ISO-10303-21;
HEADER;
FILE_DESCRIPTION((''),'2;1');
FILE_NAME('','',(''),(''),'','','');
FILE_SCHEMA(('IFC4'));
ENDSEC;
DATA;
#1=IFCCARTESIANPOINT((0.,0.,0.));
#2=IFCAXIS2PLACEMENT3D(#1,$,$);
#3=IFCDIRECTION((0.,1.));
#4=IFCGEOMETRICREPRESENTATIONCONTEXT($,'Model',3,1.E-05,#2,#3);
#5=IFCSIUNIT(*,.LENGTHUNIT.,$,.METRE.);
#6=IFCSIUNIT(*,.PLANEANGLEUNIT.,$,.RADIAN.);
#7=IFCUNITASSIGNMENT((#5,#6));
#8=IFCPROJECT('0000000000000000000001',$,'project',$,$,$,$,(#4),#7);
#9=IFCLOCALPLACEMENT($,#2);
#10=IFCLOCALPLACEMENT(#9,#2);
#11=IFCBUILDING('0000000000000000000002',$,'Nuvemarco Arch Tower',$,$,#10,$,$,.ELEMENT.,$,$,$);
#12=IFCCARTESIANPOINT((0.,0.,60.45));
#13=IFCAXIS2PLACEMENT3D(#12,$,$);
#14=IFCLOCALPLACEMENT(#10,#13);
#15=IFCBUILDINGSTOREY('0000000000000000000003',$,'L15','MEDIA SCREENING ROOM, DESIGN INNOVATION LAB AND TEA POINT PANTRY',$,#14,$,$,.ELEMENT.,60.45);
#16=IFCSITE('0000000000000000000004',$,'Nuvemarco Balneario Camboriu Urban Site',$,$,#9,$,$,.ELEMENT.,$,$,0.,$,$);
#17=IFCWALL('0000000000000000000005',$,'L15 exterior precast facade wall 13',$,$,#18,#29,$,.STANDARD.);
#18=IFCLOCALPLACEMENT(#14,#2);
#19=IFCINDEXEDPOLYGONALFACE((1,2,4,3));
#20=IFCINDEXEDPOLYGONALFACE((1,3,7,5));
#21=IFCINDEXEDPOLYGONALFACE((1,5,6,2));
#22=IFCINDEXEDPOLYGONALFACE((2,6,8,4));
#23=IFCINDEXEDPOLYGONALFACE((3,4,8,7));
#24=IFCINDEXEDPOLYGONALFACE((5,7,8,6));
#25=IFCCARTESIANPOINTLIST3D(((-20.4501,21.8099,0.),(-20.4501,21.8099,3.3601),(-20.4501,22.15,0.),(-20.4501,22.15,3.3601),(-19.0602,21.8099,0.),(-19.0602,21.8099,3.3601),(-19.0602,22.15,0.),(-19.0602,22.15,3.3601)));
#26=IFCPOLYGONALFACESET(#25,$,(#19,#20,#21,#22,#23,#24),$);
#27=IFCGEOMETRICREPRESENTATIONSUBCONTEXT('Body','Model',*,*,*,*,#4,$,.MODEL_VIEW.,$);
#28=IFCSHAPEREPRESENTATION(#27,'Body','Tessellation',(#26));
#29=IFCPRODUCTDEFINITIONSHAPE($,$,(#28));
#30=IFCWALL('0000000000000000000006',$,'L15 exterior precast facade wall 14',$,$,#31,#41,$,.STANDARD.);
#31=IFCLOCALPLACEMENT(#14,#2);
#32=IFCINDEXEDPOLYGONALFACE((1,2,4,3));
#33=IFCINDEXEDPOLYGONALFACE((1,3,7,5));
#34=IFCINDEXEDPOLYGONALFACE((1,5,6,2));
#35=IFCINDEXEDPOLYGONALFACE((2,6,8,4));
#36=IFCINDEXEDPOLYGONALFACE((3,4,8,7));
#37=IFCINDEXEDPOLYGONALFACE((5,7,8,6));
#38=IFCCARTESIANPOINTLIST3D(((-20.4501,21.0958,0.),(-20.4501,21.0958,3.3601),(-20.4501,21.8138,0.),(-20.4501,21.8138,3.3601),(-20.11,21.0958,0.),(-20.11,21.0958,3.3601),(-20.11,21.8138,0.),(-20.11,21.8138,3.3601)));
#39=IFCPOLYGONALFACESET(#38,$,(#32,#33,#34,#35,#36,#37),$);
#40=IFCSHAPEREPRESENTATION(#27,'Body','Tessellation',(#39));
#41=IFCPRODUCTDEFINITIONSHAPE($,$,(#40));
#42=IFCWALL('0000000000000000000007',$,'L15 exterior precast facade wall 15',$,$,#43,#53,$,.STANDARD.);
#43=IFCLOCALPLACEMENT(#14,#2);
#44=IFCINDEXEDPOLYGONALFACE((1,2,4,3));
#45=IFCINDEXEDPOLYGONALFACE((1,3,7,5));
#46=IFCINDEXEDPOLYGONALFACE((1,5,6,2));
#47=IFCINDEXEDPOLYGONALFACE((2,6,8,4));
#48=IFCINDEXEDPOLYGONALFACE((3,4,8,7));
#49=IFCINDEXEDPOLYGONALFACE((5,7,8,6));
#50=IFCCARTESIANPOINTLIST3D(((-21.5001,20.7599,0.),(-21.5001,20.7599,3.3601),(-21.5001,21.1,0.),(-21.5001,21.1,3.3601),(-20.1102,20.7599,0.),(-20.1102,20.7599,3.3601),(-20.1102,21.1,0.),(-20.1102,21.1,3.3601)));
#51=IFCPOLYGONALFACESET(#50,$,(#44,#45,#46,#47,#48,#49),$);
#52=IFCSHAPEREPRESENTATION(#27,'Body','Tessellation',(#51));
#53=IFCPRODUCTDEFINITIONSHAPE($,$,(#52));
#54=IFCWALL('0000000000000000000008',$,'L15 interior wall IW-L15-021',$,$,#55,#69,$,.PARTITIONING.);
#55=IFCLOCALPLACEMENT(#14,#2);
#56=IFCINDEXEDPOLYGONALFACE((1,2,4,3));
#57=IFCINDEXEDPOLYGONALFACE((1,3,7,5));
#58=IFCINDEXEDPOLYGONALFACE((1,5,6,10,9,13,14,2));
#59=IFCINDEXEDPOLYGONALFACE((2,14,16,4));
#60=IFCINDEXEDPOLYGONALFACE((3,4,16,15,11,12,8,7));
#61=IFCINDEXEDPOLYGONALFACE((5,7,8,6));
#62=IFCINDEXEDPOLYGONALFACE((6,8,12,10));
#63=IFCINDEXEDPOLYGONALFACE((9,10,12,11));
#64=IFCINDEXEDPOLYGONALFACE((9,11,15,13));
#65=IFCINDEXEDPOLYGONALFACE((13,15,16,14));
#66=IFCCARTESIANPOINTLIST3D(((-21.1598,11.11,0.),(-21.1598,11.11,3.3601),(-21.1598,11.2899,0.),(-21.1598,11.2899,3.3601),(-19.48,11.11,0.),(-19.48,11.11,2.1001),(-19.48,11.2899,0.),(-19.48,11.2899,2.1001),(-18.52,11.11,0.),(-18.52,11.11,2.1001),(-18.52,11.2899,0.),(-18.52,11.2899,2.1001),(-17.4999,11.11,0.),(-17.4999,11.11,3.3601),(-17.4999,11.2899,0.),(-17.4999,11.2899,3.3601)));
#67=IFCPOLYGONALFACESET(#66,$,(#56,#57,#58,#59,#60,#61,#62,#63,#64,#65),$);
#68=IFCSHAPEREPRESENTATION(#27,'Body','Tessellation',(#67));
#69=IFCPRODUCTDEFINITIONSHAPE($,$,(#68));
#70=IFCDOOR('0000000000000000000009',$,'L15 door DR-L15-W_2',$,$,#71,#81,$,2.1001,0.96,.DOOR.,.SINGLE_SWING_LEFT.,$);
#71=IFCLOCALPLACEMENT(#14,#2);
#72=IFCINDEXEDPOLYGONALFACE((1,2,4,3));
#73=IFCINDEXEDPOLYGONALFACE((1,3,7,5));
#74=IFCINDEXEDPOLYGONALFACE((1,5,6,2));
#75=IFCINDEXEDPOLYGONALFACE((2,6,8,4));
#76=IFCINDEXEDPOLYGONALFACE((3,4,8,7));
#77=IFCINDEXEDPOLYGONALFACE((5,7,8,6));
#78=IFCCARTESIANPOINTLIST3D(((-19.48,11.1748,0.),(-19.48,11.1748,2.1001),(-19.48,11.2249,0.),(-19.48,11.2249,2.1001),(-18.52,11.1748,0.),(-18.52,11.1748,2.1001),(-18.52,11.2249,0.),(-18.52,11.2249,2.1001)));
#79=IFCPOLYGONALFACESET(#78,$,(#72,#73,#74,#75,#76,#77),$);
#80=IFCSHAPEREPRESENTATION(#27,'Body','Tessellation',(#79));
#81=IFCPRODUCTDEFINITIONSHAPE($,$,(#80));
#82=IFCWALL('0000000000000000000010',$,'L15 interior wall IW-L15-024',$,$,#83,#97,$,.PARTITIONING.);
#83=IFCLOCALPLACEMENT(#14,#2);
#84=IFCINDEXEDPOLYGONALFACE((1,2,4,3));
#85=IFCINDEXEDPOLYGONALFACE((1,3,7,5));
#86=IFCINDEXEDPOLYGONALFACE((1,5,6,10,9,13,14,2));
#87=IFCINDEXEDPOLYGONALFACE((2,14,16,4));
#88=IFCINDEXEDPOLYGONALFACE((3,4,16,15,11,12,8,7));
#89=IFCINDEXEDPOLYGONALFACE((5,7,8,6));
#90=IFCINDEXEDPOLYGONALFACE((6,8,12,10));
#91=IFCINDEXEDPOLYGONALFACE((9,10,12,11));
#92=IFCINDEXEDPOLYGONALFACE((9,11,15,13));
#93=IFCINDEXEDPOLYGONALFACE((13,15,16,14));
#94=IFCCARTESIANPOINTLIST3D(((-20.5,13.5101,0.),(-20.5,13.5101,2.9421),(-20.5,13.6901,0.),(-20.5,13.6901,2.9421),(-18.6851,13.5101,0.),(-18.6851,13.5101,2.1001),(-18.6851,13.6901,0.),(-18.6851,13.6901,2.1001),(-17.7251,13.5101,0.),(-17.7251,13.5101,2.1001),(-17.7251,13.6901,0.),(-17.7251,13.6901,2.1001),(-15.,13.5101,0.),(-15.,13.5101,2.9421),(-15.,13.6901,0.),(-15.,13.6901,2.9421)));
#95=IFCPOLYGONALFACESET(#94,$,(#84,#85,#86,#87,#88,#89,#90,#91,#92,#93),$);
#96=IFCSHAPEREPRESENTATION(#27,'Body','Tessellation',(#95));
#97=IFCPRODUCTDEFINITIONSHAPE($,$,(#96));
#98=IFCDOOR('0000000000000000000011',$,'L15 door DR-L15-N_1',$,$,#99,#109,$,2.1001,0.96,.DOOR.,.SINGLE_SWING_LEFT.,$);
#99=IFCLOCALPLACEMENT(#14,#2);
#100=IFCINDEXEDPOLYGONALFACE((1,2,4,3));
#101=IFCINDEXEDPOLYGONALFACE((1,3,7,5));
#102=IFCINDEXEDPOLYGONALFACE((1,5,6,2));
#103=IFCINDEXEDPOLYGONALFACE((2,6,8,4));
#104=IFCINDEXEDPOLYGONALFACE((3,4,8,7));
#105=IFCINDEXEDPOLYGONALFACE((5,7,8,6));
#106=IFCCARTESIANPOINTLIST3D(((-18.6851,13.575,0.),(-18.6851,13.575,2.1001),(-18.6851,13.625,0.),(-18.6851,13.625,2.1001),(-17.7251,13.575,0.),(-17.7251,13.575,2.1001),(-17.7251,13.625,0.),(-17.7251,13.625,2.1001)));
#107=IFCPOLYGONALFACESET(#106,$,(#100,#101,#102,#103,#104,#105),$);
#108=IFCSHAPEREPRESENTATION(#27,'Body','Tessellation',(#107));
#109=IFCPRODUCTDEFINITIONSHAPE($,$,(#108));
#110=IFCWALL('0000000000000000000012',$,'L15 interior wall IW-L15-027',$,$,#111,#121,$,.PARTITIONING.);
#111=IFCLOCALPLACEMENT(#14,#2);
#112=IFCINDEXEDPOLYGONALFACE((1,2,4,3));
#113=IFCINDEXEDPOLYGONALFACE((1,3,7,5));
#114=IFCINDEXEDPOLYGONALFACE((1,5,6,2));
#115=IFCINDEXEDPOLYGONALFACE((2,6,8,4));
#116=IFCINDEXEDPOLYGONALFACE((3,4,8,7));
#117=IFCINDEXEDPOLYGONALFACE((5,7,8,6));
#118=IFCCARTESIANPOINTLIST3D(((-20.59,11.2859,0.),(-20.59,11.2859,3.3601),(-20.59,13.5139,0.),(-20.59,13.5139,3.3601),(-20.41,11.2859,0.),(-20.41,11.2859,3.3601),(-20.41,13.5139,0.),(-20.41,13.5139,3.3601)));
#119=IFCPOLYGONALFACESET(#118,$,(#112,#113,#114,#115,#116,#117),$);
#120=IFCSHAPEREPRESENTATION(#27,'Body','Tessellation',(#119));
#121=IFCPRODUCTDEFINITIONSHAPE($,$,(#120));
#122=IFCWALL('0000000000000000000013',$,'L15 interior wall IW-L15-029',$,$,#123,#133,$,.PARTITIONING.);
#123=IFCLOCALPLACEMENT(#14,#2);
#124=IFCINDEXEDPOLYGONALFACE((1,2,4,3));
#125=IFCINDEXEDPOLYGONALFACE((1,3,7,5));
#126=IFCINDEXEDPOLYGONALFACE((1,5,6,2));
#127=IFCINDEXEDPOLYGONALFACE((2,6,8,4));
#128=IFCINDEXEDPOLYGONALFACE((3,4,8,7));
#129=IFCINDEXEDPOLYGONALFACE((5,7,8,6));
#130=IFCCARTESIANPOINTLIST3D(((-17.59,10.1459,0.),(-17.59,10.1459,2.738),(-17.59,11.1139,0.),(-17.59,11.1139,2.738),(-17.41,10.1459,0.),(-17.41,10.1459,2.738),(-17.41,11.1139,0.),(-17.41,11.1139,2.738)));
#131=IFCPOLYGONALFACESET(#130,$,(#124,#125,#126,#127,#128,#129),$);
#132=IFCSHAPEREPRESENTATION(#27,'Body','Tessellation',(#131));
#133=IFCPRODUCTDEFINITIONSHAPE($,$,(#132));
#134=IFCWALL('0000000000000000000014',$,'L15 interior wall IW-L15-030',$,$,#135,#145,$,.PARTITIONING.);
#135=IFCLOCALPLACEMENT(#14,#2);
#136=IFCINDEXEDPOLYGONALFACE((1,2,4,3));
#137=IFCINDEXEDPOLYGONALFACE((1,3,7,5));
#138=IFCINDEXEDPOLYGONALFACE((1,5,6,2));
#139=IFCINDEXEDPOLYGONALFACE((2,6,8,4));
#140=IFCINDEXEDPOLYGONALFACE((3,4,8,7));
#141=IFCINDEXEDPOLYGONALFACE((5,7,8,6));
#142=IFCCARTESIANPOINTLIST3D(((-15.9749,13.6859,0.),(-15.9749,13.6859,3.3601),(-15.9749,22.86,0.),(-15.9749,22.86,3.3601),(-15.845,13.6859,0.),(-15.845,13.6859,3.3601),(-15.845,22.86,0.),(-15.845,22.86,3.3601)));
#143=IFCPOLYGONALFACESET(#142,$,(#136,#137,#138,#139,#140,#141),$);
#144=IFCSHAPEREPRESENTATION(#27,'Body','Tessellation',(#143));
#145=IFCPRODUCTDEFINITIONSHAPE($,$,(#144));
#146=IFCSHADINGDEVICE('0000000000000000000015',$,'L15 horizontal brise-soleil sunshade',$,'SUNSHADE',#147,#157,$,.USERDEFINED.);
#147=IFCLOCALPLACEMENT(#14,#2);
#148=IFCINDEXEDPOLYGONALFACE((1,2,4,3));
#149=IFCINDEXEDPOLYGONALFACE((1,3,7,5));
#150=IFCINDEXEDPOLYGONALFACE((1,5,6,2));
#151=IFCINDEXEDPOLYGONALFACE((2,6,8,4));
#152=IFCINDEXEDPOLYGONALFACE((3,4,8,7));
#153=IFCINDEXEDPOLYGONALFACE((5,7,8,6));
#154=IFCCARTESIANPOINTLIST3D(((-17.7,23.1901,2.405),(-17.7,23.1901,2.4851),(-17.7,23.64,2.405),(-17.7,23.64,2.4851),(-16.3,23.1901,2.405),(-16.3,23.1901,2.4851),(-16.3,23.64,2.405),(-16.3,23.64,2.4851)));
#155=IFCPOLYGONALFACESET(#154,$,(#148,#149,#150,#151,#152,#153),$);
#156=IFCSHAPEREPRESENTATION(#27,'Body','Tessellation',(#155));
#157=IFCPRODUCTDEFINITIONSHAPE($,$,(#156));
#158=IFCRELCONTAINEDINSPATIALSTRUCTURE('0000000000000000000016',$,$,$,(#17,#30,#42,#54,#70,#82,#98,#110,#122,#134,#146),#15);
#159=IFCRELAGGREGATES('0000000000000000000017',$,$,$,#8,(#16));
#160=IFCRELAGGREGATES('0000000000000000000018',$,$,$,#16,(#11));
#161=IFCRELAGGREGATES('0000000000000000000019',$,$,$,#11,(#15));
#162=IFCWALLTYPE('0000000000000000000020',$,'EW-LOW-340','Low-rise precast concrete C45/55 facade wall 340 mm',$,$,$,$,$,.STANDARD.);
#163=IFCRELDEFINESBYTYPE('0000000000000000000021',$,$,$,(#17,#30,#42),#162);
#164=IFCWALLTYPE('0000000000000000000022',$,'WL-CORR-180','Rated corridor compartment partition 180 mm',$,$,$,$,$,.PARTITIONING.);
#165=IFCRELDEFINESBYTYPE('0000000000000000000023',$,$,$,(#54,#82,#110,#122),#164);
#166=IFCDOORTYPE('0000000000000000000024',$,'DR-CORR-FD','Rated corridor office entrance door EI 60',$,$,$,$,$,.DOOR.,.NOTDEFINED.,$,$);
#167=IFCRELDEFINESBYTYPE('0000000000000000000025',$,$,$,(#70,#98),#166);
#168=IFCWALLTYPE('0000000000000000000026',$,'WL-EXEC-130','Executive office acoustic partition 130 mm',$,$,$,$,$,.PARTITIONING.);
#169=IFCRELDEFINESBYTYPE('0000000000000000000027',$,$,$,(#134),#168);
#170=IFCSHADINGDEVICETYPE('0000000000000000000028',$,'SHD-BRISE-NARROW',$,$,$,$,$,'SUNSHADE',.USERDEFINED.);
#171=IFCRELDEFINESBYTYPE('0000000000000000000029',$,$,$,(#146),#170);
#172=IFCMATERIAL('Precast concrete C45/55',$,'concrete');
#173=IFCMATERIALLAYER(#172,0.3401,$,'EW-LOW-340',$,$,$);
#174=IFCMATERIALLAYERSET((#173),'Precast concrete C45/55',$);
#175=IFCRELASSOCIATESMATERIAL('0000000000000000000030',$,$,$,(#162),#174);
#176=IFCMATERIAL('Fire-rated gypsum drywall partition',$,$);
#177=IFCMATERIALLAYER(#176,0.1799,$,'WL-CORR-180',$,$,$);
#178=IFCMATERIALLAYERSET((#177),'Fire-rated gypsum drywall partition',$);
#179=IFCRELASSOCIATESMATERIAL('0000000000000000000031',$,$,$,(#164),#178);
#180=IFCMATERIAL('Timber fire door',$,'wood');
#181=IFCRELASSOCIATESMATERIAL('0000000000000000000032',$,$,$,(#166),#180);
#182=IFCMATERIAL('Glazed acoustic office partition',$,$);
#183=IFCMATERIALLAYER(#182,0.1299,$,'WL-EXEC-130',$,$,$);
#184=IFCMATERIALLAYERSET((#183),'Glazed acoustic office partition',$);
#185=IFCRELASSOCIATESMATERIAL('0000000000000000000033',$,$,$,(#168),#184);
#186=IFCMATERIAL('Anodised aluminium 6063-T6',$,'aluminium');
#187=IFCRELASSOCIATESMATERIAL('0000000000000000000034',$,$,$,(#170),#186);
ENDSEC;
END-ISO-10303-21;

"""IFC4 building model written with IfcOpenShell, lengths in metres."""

from ifc_helpers import new_model, si_unit, direction, frame, frame_2d, origin, origin_2d, place, context, subcontext, project, spatial, rectangle, extrude, source, transform, mapped, material, layer, layer_set, type_object, type_shapes, element, fill, save


model = new_model("IFC4")

# Units and contexts
model_context = context("Model", 3, precision=1e-05, world=origin(), true_north=direction((0.0, 1.0)))
body_context = subcontext(model_context, "Body", "Model", "MODEL_VIEW")
ifc_project = project(units=[si_unit("LENGTHUNIT", "METRE"), si_unit("PLANEANGLEUNIT", "RADIAN")], contexts=[model_context])

# Site, building, storey
site_placement = place(None, origin())
site = spatial("IfcSite", under=ifc_project, at=site_placement, Name="Nuvemarco Balneario Camboriu Urban Site", CompositionType="ELEMENT", RefElevation=0.0)
building_placement = place(site_placement, origin())
building = spatial("IfcBuilding", under=site, at=building_placement, Name="Nuvemarco Arch Tower", CompositionType="ELEMENT")
storey_placement = place(building_placement, frame((0.0, 0.0, 60.45)))
storey = spatial("IfcBuildingStorey", under=building, at=storey_placement, Name="L15", Description="MEDIA SCREENING ROOM, DESIGN INNOVATION LAB AND TEA POINT PANTRY", CompositionType="ELEMENT", Elevation=60.45)

# Shared definitions
ifc_material_1 = material(Name="Precast concrete C45/55", Category="concrete")
ifc_layer_1 = layer(ifc_material_1, 0.3401, Name="EW-LOW-340")
ifc_layer_set_1 = layer_set([ifc_layer_1], Name="Precast concrete C45/55")
wall_type_1 = type_object("IfcWallType", Name="EW-LOW-340", Description="Low-rise precast concrete C45/55 facade wall 340 mm", PredefinedType="STANDARD", material=ifc_layer_set_1)

# Walls
wall_1_placement = place(storey_placement, frame((-20.45, 21.98, 0.0), z_axis=(0.0, 0.0, 1.0), x_axis=(1.0, 0.0, 0.0)))
element("IfcWall", 1, at=wall_1_placement, inside=storey, type_object=wall_type_1, Name="L15 exterior precast facade wall 13", PredefinedType="STANDARD", context=body_context, shape_type="SweptSolid", body=[
    extrude(rectangle(XDim=1.3899, YDim=0.3401, at=frame_2d((0.6948, 0.0))), origin(), (0.0, 0.0, 1.0), 3.3601),
])
wall_2_placement = place(storey_placement, frame((-20.28, 21.0959, 0.0), z_axis=(0.0, 0.0, 1.0), x_axis=(0.0, 1.0, 0.0)))
element("IfcWall", 2, at=wall_2_placement, inside=storey, type_object=wall_type_1, Name="L15 exterior precast facade wall 14", PredefinedType="STANDARD", context=body_context, shape_type="SweptSolid", body=[
    extrude(rectangle(XDim=0.718, YDim=0.3401, at=frame_2d((0.3589, 0.0))), origin(), (0.0, 0.0, 1.0), 3.3601),
])
wall_3_placement = place(storey_placement, frame((-21.5, 20.9299, 0.0), z_axis=(0.0, 0.0, 1.0), x_axis=(1.0, 0.0, 0.0)))
element("IfcWall", 3, at=wall_3_placement, inside=storey, type_object=wall_type_1, Name="L15 exterior precast facade wall 15", PredefinedType="STANDARD", context=body_context, shape_type="SweptSolid", body=[
    extrude(rectangle(XDim=1.3899, YDim=0.3401, at=frame_2d((0.6948, 0.0))), origin(), (0.0, 0.0, 1.0), 3.3601),
])

# Walls, openings, doors
ifc_material_2 = material(Name="Fire-rated gypsum drywall partition")
ifc_layer_2 = layer(ifc_material_2, 0.1799, Name="WL-CORR-180")
ifc_layer_set_2 = layer_set([ifc_layer_2], Name="Fire-rated gypsum drywall partition")
wall_type_2 = type_object("IfcWallType", Name="WL-CORR-180", Description="Rated corridor compartment partition 180 mm", PredefinedType="PARTITIONING", material=ifc_layer_set_2)
wall_4_placement = place(storey_placement, frame((-21.1599, 11.2, 0.0), z_axis=(0.0, 0.0, 1.0), x_axis=(1.0, 0.0, 0.0)))
wall_4 = element("IfcWall", 4, at=wall_4_placement, inside=storey, type_object=wall_type_2, Name="L15 interior wall IW-L15-021", PredefinedType="PARTITIONING", context=body_context, shape_type="SweptSolid", body=[
    extrude(rectangle(XDim=3.6599, YDim=0.1799, at=frame_2d((1.8301, 0.0))), origin(), (0.0, 0.0, 1.0), 3.3601),
])
opening_1_placement = place(wall_4_placement, frame((1.6799, 0.0, 0.0)))
opening_1 = element("IfcOpeningElement", 5, at=opening_1_placement, cuts=wall_4, PredefinedType="OPENING", context=body_context, shape_type="SweptSolid", body=[
    extrude(rectangle(XDim=0.96, YDim=2.1001, at=frame_2d((0.48, 1.05))), frame((0.0, 0.0999, 0.0), z_axis=(0.0, -1.0, 0.0), x_axis=(1.0, 0.0, 0.0)), (0.0, 0.0, 1.0), 0.2),
])
ifc_material_3 = material(Name="Timber fire door", Category="wood")
door_type = type_object("IfcDoorType", Name="DR-CORR-FD", Description="Rated corridor office entrance door EI 60", OperationType="NOTDEFINED", PredefinedType="DOOR", material=ifc_material_3)
shared_shape_1 = source(origin(), body_context, "Body", "SweptSolid", [
    extrude(rectangle(XDim=0.96, YDim=2.1001, at=frame_2d((0.48, 1.05))), frame((0.0, 0.0249, 0.0), z_axis=(0.0, -1.0, 0.0), x_axis=(1.0, 0.0, 0.0)), (0.0, 0.0, 1.0), 0.05),
])
type_shapes(door_type, [shared_shape_1])
door_1_placement = place(opening_1_placement, origin())
door_1 = element("IfcDoor", 6, at=door_1_placement, inside=storey, type_object=door_type, Name="L15 door DR-L15-W_2", OperationType="SINGLE_SWING_LEFT", OverallHeight=2.1001, OverallWidth=0.96, PredefinedType="DOOR", context=body_context, shape_type="MappedRepresentation", body=[
    mapped(shared_shape_1, transform((0.0, 0.0, 0.0), scale=1.0)),
])
fill(opening_1, door_1)
wall_5_placement = place(storey_placement, frame((-20.5, 13.6001, 0.0), z_axis=(0.0, 0.0, 1.0), x_axis=(1.0, 0.0, 0.0)))
wall_5 = element("IfcWall", 7, at=wall_5_placement, inside=storey, type_object=wall_type_2, Name="L15 interior wall IW-L15-024", PredefinedType="PARTITIONING", context=body_context, shape_type="SweptSolid", body=[
    extrude(rectangle(XDim=5.5, YDim=0.1799, at=frame_2d((2.75, 0.0))), origin(), (0.0, 0.0, 1.0), 2.9421),
])
opening_2_placement = place(wall_5_placement, frame((1.8149, 0.0, 0.0)))
opening_2 = element("IfcOpeningElement", 8, at=opening_2_placement, cuts=wall_5, PredefinedType="OPENING", context=body_context, shape_type="SweptSolid", body=[
    extrude(rectangle(XDim=0.96, YDim=2.1001, at=frame_2d((0.48, 1.05))), frame((0.0, 0.0999, 0.0), z_axis=(0.0, -1.0, 0.0), x_axis=(1.0, 0.0, 0.0)), (0.0, 0.0, 1.0), 0.2),
])
door_2_placement = place(opening_2_placement, origin())
door_2 = element("IfcDoor", 9, at=door_2_placement, inside=storey, type_object=door_type, Name="L15 door DR-L15-N_1", OperationType="SINGLE_SWING_LEFT", OverallHeight=2.1001, OverallWidth=0.96, PredefinedType="DOOR", context=body_context, shape_type="MappedRepresentation", body=[
    mapped(shared_shape_1, transform((0.0, 0.0, 0.0), scale=1.0)),
])
fill(opening_2, door_2)

# Walls
wall_6_placement = place(storey_placement, frame((-20.5, 11.2859, 0.0), z_axis=(0.0, 0.0, 1.0), x_axis=(0.0, 1.0, 0.0)))
element("IfcWall", 10, at=wall_6_placement, inside=storey, type_object=wall_type_2, Name="L15 interior wall IW-L15-027", PredefinedType="PARTITIONING", context=body_context, shape_type="SweptSolid", body=[
    extrude(rectangle(XDim=2.228, YDim=0.1799, at=frame_2d((1.114, 0.0))), origin(), (0.0, 0.0, 1.0), 3.3601),
])
wall_7_placement = place(storey_placement, frame((-17.5, 10.146, 0.0), z_axis=(0.0, 0.0, 1.0), x_axis=(0.0, 1.0, 0.0)))
element("IfcWall", 11, at=wall_7_placement, inside=storey, type_object=wall_type_2, Name="L15 interior wall IW-L15-029", PredefinedType="PARTITIONING", context=body_context, shape_type="SweptSolid", body=[
    extrude(rectangle(XDim=0.968, YDim=0.1799, at=frame_2d((0.4839, 0.0))), origin(), (0.0, 0.0, 1.0), 2.738),
])
ifc_material_4 = material(Name="Glazed acoustic office partition")
ifc_layer_3 = layer(ifc_material_4, 0.1299, Name="WL-EXEC-130")
ifc_layer_set_3 = layer_set([ifc_layer_3], Name="Glazed acoustic office partition")
wall_type_3 = type_object("IfcWallType", Name="WL-EXEC-130", Description="Executive office acoustic partition 130 mm", PredefinedType="PARTITIONING", material=ifc_layer_set_3)
wall_8_placement = place(storey_placement, frame((-15.9099, 13.686, 0.0), z_axis=(0.0, 0.0, 1.0), x_axis=(0.0, 1.0, 0.0)))
element("IfcWall", 12, at=wall_8_placement, inside=storey, type_object=wall_type_3, Name="L15 interior wall IW-L15-030", PredefinedType="PARTITIONING", context=body_context, shape_type="SweptSolid", body=[
    extrude(rectangle(XDim=9.1741, YDim=0.1299, at=frame_2d((4.5869, 0.0))), origin(), (0.0, 0.0, 1.0), 3.3601),
])

# Shading device
ifc_material_5 = material(Name="Anodised aluminium 6063-T6", Category="aluminium")
shading_device_type = type_object("IfcShadingDeviceType", Name="SHD-BRISE-NARROW", ElementType="SUNSHADE", PredefinedType="USERDEFINED", material=ifc_material_5)
shared_shape_2 = source(origin(), body_context, "Body", "SweptSolid", [
    extrude(rectangle(XDim=1.3999, YDim=0.45, at=origin_2d()), origin(), (0.0, 0.0, 1.0), 0.0801),
])
type_shapes(shading_device_type, [shared_shape_2])
shading_device_placement = place(storey_placement, frame((-17.0, 23.415, 2.405), z_axis=(0.0, 0.0, 1.0), x_axis=(1.0, 0.0, 0.0)))
element("IfcShadingDevice", 13, at=shading_device_placement, inside=storey, type_object=shading_device_type, Name="L15 horizontal brise-soleil sunshade", ObjectType="SUNSHADE", PredefinedType="USERDEFINED", context=body_context, shape_type="MappedRepresentation", body=[
    mapped(shared_shape_2, transform((0.0, 0.0, 0.0), scale=1.0)),
])

save(model, "model.ifc")
